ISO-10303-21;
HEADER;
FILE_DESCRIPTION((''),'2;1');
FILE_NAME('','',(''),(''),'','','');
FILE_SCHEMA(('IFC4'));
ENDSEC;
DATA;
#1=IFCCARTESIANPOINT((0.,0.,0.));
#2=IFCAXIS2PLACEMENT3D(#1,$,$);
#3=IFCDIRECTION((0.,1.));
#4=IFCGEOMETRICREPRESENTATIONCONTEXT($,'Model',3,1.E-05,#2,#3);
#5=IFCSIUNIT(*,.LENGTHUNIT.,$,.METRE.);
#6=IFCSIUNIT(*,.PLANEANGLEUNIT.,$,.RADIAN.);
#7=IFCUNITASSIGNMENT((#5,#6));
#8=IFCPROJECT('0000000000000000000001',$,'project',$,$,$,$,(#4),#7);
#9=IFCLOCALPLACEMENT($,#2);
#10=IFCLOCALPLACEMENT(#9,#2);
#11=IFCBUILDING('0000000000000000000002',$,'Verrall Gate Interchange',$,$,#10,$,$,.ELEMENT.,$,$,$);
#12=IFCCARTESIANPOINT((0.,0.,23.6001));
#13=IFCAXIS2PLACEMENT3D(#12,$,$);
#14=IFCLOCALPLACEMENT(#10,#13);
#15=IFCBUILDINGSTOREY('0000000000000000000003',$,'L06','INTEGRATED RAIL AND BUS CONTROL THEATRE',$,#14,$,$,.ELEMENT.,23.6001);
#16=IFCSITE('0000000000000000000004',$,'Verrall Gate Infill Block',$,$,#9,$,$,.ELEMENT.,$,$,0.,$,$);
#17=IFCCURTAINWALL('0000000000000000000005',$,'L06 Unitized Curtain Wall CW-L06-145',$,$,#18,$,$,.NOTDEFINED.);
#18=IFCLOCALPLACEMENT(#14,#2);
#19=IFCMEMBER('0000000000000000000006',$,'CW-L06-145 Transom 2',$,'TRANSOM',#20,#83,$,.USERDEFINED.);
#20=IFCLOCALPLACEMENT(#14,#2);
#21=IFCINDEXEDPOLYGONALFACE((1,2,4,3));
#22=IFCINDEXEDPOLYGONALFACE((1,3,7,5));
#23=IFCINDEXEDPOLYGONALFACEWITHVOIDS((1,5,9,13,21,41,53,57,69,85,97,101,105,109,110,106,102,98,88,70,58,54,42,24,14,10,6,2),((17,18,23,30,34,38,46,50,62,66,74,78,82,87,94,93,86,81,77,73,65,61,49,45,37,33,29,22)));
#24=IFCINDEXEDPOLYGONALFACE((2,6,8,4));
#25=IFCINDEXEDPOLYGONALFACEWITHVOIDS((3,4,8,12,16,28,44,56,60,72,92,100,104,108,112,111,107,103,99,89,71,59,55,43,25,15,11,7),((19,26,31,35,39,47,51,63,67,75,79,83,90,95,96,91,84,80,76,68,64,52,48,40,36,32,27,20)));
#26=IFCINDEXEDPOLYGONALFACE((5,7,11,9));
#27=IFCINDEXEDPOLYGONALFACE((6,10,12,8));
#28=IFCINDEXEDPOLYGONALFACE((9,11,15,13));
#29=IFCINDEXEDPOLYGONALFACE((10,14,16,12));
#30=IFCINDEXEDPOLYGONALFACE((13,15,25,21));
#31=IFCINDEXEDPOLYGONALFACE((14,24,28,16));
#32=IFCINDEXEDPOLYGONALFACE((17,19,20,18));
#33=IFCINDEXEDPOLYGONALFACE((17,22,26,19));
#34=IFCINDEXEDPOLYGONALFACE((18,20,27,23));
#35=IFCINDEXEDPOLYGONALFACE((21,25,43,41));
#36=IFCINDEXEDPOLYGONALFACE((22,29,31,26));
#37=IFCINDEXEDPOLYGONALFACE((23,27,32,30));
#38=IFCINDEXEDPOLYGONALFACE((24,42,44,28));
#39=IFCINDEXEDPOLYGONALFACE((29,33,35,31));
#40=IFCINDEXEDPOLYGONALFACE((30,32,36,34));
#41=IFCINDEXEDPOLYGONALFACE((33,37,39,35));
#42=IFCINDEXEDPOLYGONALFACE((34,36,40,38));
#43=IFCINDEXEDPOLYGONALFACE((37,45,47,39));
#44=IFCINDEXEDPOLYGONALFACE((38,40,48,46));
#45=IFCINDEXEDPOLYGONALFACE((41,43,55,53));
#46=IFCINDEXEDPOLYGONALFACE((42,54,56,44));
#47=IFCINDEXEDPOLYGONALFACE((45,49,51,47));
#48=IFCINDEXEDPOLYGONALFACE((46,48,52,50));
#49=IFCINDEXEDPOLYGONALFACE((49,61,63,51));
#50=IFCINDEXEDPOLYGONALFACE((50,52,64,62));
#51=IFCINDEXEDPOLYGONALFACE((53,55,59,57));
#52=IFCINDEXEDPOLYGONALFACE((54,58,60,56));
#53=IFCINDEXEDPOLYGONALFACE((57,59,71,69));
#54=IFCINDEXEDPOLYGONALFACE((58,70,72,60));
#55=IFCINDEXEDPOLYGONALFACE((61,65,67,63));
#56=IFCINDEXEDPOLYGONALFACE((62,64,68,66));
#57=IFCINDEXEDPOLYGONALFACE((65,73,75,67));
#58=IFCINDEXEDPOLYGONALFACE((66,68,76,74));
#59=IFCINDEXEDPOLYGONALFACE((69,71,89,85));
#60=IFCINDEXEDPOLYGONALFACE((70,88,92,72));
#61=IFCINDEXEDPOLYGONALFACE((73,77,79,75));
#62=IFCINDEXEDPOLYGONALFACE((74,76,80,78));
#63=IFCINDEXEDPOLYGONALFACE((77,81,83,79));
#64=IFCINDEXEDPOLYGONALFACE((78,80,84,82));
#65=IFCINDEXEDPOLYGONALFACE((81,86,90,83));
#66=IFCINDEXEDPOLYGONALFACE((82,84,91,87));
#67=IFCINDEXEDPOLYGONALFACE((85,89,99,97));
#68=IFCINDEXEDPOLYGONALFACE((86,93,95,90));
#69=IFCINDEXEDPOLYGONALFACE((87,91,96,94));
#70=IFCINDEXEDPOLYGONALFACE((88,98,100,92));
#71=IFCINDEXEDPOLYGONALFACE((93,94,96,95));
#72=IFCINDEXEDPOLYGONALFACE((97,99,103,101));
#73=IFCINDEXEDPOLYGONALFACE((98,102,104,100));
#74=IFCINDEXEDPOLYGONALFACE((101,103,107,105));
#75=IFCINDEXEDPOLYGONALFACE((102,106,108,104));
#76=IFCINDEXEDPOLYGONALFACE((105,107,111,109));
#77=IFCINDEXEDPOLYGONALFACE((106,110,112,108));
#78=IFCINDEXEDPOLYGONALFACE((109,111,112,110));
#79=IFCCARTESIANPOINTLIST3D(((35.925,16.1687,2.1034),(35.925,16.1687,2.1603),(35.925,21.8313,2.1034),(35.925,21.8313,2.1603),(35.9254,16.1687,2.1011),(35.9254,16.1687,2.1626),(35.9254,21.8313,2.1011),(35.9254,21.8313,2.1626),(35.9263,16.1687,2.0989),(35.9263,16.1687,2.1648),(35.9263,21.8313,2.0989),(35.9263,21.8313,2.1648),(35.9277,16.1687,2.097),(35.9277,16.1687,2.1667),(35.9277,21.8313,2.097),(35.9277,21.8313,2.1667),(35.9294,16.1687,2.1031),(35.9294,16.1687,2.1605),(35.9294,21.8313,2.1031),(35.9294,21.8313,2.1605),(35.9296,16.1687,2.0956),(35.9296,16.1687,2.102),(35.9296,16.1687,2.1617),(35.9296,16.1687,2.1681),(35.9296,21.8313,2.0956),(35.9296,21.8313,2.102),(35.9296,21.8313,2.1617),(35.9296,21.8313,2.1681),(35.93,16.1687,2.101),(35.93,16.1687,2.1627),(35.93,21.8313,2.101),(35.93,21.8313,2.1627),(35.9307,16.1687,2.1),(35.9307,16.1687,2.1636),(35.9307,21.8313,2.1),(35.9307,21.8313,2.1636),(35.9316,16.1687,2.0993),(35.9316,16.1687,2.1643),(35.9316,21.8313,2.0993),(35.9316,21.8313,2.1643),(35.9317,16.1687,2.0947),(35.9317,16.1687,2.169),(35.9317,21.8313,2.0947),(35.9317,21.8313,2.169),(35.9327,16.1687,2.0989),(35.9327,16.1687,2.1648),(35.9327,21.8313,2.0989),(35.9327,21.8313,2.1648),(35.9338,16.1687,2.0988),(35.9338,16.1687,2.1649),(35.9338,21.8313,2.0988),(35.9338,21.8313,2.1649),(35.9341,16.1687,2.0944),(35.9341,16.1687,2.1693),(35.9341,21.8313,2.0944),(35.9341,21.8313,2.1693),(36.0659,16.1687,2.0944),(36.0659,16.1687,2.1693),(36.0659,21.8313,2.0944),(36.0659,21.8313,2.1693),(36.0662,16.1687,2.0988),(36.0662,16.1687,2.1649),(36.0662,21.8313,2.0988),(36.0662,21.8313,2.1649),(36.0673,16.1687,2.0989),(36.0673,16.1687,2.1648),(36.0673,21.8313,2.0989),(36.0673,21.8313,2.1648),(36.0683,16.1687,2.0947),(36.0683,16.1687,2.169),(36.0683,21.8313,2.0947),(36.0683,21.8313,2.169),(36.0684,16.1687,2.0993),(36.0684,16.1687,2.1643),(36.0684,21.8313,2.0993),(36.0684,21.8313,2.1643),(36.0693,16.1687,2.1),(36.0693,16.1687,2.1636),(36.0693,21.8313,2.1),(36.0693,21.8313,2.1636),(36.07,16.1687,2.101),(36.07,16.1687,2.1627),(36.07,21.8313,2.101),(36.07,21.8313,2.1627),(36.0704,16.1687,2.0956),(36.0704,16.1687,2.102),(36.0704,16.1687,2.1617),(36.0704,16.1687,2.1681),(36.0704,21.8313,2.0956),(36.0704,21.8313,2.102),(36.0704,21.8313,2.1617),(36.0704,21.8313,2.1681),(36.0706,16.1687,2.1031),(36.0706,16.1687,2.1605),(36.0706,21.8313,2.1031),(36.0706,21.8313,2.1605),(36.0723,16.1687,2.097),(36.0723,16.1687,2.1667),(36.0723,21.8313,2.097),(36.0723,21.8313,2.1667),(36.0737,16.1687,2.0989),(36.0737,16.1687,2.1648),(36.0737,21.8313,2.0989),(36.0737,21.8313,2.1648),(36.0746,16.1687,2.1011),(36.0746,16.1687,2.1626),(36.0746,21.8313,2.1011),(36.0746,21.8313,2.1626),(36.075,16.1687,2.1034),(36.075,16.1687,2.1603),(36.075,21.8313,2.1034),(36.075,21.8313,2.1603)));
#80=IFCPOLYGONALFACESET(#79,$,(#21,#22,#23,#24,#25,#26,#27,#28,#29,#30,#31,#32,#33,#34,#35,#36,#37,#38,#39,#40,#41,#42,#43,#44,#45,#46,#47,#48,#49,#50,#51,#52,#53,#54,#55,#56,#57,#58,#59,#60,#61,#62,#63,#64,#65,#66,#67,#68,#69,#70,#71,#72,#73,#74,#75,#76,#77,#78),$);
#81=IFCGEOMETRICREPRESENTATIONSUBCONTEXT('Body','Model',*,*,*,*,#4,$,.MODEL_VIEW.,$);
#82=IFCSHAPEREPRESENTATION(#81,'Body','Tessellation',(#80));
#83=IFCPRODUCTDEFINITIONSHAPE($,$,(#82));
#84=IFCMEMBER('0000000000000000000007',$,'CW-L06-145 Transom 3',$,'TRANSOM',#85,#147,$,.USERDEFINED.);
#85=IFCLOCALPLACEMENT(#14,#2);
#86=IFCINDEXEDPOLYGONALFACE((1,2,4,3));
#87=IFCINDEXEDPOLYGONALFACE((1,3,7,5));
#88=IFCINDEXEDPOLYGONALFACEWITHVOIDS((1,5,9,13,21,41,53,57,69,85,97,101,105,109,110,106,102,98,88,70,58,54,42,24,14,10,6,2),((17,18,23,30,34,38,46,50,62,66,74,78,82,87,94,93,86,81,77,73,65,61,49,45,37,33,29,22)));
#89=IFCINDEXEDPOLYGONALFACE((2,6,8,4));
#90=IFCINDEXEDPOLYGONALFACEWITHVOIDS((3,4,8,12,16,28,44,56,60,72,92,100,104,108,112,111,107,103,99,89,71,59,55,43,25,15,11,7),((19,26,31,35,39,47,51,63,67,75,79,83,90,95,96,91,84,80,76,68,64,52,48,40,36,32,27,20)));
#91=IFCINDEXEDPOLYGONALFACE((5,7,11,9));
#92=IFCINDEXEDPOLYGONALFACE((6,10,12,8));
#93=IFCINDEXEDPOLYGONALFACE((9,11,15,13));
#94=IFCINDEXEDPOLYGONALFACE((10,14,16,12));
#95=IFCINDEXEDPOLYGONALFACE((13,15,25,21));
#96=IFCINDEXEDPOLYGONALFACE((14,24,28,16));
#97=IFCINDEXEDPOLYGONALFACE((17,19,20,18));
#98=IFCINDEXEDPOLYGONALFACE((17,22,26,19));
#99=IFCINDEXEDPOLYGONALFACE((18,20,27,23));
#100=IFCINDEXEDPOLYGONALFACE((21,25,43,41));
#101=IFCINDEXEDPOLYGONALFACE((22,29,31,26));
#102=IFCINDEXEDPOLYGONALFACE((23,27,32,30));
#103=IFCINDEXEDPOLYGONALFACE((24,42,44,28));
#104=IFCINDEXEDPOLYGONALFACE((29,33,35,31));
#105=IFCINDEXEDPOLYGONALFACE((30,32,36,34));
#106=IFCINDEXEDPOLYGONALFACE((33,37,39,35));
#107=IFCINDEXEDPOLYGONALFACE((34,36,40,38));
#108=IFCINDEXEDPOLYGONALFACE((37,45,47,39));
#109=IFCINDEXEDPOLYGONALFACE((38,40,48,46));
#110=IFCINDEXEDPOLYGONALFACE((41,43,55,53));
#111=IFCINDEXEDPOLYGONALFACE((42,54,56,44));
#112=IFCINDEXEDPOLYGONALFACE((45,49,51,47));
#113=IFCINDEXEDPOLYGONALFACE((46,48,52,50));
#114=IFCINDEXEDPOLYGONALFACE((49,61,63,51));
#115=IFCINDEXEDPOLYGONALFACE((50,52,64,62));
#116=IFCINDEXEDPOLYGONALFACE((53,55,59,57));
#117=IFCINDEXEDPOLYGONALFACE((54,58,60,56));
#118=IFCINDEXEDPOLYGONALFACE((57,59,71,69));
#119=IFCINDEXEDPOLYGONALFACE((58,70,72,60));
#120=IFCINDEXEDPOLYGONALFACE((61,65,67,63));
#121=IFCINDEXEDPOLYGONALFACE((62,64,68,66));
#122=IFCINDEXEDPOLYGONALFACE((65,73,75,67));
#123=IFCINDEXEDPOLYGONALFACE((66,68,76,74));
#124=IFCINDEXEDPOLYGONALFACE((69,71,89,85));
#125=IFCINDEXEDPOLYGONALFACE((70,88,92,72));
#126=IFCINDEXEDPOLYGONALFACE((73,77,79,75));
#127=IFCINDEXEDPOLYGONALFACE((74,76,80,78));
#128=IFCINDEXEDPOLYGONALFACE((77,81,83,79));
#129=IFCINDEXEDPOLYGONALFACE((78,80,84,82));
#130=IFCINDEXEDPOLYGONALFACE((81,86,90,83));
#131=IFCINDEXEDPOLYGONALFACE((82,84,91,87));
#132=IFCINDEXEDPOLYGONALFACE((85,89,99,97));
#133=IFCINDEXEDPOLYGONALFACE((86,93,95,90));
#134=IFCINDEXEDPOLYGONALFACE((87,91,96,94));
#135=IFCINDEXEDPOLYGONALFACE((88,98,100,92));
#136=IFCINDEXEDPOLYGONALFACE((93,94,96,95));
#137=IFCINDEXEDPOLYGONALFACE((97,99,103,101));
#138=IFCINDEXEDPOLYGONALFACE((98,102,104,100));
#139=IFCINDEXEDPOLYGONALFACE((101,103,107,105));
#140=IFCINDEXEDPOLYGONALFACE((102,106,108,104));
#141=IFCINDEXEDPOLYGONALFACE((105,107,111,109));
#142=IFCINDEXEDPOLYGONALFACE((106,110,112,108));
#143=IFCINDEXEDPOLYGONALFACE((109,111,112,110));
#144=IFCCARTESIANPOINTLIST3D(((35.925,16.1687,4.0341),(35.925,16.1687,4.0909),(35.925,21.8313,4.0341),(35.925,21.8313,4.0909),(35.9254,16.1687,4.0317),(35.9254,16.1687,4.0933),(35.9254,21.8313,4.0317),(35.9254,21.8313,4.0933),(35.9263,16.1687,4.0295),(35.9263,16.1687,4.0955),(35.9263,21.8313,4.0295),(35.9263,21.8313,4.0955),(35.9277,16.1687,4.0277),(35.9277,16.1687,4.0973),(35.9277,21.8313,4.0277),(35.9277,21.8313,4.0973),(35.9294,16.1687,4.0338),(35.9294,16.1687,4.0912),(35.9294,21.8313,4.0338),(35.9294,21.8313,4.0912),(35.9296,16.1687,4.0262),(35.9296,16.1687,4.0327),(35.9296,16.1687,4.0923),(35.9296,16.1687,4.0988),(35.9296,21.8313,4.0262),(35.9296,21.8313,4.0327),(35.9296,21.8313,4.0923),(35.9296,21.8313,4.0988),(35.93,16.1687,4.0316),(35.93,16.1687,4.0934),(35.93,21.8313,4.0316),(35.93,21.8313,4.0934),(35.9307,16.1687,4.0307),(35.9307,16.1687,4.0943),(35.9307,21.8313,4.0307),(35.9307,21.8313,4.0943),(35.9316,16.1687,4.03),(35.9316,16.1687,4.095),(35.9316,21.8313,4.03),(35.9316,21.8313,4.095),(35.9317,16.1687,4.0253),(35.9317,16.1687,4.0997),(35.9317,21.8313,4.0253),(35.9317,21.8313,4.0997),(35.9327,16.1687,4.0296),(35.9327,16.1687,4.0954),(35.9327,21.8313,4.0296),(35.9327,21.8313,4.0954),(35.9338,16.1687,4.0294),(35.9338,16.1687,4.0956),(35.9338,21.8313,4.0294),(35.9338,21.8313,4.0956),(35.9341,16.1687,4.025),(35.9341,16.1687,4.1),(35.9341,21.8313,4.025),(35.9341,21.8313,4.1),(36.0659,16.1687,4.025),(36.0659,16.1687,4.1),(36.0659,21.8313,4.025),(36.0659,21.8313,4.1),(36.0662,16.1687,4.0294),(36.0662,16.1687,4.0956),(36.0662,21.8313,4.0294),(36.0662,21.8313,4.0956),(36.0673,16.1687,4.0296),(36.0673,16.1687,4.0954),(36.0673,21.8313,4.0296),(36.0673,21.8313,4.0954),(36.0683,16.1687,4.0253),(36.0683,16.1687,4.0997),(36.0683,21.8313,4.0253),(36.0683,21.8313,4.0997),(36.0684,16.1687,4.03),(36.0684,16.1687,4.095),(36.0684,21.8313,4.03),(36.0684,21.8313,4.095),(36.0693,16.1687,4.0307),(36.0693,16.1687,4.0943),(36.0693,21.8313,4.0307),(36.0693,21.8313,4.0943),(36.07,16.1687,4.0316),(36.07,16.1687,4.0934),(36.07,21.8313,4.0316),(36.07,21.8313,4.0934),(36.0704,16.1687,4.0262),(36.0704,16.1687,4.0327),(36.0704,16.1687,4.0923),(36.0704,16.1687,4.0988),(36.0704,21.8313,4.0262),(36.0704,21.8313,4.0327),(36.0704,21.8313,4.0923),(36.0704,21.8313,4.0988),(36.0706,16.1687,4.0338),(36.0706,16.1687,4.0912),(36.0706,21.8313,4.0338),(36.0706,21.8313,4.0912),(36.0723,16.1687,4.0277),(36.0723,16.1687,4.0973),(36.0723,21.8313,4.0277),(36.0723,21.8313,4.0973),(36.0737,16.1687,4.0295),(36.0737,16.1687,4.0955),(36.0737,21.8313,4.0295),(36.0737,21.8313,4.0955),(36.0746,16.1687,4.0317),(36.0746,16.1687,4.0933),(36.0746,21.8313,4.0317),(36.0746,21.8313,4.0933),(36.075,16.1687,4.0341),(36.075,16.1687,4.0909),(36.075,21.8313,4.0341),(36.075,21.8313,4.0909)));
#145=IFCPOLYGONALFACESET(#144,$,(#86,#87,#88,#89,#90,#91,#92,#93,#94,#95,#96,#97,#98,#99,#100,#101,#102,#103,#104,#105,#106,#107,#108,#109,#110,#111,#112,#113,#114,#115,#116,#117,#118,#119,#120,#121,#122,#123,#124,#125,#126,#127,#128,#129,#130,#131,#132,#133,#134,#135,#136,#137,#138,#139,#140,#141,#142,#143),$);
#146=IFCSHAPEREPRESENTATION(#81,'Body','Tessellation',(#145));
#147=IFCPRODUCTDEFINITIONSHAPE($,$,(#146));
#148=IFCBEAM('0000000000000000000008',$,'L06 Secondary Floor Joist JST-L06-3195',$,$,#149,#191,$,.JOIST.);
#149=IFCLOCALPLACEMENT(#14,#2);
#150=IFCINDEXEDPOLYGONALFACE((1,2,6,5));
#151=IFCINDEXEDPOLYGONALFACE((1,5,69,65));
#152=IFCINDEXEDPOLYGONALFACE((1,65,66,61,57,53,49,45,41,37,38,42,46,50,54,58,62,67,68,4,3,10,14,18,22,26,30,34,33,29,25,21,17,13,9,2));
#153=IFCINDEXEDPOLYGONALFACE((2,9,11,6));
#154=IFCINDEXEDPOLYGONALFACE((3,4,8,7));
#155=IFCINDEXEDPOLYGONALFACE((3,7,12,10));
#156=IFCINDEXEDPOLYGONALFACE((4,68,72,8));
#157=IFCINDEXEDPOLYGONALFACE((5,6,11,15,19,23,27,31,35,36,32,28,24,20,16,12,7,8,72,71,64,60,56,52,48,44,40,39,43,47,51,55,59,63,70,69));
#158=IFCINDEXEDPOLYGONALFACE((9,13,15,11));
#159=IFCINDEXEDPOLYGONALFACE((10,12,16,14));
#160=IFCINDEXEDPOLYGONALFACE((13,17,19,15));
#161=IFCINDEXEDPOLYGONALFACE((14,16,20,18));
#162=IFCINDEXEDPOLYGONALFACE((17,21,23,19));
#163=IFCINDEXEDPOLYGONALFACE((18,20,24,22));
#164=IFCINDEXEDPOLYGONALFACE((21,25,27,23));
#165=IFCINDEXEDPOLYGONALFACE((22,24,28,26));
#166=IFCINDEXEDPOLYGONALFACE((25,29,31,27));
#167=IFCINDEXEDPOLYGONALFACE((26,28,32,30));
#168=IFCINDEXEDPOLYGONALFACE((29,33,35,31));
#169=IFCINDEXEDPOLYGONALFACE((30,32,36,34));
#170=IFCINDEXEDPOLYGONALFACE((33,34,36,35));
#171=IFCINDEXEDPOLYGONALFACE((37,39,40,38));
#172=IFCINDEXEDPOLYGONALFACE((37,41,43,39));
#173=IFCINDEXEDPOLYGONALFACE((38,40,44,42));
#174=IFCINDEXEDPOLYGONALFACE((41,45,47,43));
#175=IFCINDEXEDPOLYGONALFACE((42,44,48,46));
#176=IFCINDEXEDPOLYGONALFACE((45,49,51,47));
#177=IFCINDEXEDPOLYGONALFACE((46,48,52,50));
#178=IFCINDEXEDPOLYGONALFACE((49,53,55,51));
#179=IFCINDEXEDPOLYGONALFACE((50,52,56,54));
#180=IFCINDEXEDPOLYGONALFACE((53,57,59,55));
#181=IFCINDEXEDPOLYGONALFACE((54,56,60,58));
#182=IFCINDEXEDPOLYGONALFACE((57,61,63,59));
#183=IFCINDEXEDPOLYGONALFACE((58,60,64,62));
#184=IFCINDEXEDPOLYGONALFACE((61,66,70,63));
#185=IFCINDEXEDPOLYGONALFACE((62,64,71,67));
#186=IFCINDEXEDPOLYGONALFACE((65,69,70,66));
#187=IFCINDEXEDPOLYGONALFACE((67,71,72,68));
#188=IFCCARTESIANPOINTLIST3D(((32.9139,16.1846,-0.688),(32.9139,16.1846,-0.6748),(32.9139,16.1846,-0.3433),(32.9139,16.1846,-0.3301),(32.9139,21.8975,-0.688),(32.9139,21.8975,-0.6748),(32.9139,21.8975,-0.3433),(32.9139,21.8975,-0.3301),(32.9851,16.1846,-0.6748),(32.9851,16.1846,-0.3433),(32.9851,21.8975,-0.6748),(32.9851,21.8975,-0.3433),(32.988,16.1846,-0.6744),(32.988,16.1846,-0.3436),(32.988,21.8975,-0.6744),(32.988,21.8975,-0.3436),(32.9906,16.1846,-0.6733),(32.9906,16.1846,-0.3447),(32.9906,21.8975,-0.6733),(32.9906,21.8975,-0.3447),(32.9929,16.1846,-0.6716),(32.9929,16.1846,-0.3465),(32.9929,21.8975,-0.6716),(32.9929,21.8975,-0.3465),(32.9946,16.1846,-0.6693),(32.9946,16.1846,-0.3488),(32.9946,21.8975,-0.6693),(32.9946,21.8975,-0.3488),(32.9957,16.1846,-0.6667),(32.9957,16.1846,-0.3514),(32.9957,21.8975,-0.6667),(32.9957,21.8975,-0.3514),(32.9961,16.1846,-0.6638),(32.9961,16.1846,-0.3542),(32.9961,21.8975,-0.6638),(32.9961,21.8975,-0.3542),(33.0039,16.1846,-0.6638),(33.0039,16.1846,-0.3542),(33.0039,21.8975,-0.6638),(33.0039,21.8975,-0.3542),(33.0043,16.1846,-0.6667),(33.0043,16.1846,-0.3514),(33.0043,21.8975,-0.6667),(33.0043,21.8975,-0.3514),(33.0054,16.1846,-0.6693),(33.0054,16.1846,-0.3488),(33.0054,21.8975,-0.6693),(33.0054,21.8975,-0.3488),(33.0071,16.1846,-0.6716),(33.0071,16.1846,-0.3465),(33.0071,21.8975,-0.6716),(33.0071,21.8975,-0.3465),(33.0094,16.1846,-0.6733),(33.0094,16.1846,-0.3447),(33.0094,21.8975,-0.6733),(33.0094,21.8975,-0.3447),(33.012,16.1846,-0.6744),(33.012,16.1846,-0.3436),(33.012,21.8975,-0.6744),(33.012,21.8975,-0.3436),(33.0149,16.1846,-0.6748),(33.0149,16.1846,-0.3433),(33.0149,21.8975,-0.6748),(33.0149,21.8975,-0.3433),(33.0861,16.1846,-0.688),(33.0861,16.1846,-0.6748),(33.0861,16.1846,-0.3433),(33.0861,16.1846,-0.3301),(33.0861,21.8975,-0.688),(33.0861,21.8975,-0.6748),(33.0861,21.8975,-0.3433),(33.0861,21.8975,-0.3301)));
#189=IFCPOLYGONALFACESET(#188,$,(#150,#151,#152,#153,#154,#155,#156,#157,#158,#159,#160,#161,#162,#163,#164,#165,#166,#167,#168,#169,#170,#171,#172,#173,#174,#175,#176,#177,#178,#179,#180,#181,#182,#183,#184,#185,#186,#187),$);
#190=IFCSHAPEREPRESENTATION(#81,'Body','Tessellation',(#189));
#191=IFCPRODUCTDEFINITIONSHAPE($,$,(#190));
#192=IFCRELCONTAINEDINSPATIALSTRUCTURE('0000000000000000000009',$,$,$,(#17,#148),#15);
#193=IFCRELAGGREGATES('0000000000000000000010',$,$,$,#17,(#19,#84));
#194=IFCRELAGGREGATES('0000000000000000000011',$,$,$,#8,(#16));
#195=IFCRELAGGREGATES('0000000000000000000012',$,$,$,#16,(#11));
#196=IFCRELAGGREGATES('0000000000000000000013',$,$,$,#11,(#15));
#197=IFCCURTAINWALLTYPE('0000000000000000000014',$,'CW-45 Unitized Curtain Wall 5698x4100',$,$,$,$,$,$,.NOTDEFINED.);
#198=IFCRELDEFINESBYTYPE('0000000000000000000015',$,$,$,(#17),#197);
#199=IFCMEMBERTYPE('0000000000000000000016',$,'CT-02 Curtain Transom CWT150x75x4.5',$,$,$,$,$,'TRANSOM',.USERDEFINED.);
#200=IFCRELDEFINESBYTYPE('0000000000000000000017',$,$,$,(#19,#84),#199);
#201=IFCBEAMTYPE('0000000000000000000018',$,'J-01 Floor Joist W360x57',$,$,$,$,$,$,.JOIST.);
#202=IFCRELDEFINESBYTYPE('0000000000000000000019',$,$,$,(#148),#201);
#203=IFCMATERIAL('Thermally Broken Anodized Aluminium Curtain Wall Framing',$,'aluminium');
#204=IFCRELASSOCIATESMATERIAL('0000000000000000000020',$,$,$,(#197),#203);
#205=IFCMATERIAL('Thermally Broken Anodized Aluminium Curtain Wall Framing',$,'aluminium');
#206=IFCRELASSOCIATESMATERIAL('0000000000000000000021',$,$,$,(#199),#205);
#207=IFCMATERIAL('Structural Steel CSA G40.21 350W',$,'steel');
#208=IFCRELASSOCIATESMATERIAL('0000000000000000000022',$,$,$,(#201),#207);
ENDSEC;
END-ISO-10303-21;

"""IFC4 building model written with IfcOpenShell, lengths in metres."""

from ifc_helpers import new_model, si_unit, direction, frame, origin, origin_2d, place, context, subcontext, project, spatial, hollow_rectangle, i_section, extrude, material, material_profile, profile_set, type_object, element, aggregate, save


model = new_model("IFC4")

# Units and contexts
model_context = context("Model", 3, precision=1e-05, world=origin(), true_north=direction((0.0, 1.0)))
body_context = subcontext(model_context, "Body", "Model", "MODEL_VIEW")
ifc_project = project(units=[si_unit("LENGTHUNIT", "METRE"), si_unit("PLANEANGLEUNIT", "RADIAN")], contexts=[model_context])

# Site, building, storey
site_placement = place(None, origin())
site = spatial("IfcSite", under=ifc_project, at=site_placement, Name="Verrall Gate Infill Block", CompositionType="ELEMENT", RefElevation=0.0)
building_placement = place(site_placement, origin())
building = spatial("IfcBuilding", under=site, at=building_placement, Name="Verrall Gate Interchange", CompositionType="ELEMENT")
storey_placement = place(building_placement, frame((0.0, 0.0, 23.6001)))
storey = spatial("IfcBuildingStorey", under=building, at=storey_placement, Name="L06", Description="INTEGRATED RAIL AND BUS CONTROL THEATRE", CompositionType="ELEMENT", Elevation=23.6001)

# Curtain wall
ifc_material_1 = material(Name="Thermally Broken Anodized Aluminium Curtain Wall Framing", Category="aluminium")
curtain_wall_type_1 = type_object("IfcCurtainWallType", Name="CW-45 Unitized Curtain Wall 5698x4100", PredefinedType="NOTDEFINED", material=ifc_material_1)
curtain_wall_1_placement = place(storey_placement, origin())
curtain_wall_1 = element("IfcCurtainWall", 1, at=curtain_wall_1_placement, inside=storey, type_object=curtain_wall_type_1, Name="L06 Unitized Curtain Wall CW-L06-145", PredefinedType="NOTDEFINED")

# Members
ifc_material_2 = material(Name="Thermally Broken Anodized Aluminium Curtain Wall Framing", Category="aluminium")
ifc_material_profile_1 = material_profile(ifc_material_2, hollow_rectangle(XDim=0.1499, YDim=0.075, WallThickness=0.0044, InnerFilletRadius=0.0044, OuterFilletRadius=0.009, at=origin_2d()), Name="CWT150x75x4.5")
ifc_profile_set_1 = profile_set([ifc_material_profile_1], Name="Thermally Broken Anodized Aluminium Curtain Wall Framing")
member_type_1 = type_object("IfcMemberType", Name="CT-02 Curtain Transom CWT150x75x4.5", ElementType="TRANSOM", PredefinedType="USERDEFINED", material=ifc_profile_set_1)
member_1_placement = place(storey_placement, frame((36.0, 16.1687, 2.1318), z_axis=(0.0, 1.0, 0.0), x_axis=(-1.0, 0.0, 0.0)))
member_1 = element("IfcMember", 2, at=member_1_placement, type_object=member_type_1, Name="CW-L06-145 Transom 2", ObjectType="TRANSOM", PredefinedType="USERDEFINED", context=body_context, shape_type="SweptSolid", body=[
    extrude(hollow_rectangle(XDim=0.1499, YDim=0.075, WallThickness=0.0044, InnerFilletRadius=0.0044, OuterFilletRadius=0.009, at=origin_2d()), origin(), (0.0, 0.0, 1.0), 5.6626),
])
member_2_placement = place(storey_placement, frame((36.0, 16.1687, 4.0625), z_axis=(0.0, 1.0, 0.0), x_axis=(-1.0, 0.0, 0.0)))
member_2 = element("IfcMember", 3, at=member_2_placement, type_object=member_type_1, Name="CW-L06-145 Transom 3", ObjectType="TRANSOM", PredefinedType="USERDEFINED", context=body_context, shape_type="SweptSolid", body=[
    extrude(hollow_rectangle(XDim=0.1499, YDim=0.075, WallThickness=0.0044, InnerFilletRadius=0.0044, OuterFilletRadius=0.009, at=origin_2d()), origin(), (0.0, 0.0, 1.0), 5.6626),
])
aggregate(curtain_wall_1, [member_1, member_2])

# Beam
ifc_material_3 = material(Name="Structural Steel CSA G40.21 350W", Category="steel")
ifc_material_profile_2 = material_profile(ifc_material_3, i_section(OverallWidth=0.1721, OverallDepth=0.3579, WebThickness=0.0078, FlangeThickness=0.0132, FilletRadius=0.011, at=origin_2d()), Name="W360x57")
ifc_profile_set_2 = profile_set([ifc_material_profile_2], Name="Structural Steel CSA G40.21 350W")
beam_type_1 = type_object("IfcBeamType", Name="J-01 Floor Joist W360x57", PredefinedType="JOIST", material=ifc_profile_set_2)
beam_1_placement = place(storey_placement, frame((33.0, 16.1846, -0.509), z_axis=(0.0, 1.0, 0.0), x_axis=(-1.0, 0.0, 0.0)))
element("IfcBeam", 4, at=beam_1_placement, inside=storey, type_object=beam_type_1, Name="L06 Secondary Floor Joist JST-L06-3195", PredefinedType="JOIST", context=body_context, shape_type="SweptSolid", body=[
    extrude(i_section(OverallWidth=0.1721, OverallDepth=0.3579, WebThickness=0.0078, FlangeThickness=0.0132, FilletRadius=0.011, at=origin_2d()), origin(), (0.0, 0.0, 1.0), 5.7129),
])

save(model, "model.ifc")
